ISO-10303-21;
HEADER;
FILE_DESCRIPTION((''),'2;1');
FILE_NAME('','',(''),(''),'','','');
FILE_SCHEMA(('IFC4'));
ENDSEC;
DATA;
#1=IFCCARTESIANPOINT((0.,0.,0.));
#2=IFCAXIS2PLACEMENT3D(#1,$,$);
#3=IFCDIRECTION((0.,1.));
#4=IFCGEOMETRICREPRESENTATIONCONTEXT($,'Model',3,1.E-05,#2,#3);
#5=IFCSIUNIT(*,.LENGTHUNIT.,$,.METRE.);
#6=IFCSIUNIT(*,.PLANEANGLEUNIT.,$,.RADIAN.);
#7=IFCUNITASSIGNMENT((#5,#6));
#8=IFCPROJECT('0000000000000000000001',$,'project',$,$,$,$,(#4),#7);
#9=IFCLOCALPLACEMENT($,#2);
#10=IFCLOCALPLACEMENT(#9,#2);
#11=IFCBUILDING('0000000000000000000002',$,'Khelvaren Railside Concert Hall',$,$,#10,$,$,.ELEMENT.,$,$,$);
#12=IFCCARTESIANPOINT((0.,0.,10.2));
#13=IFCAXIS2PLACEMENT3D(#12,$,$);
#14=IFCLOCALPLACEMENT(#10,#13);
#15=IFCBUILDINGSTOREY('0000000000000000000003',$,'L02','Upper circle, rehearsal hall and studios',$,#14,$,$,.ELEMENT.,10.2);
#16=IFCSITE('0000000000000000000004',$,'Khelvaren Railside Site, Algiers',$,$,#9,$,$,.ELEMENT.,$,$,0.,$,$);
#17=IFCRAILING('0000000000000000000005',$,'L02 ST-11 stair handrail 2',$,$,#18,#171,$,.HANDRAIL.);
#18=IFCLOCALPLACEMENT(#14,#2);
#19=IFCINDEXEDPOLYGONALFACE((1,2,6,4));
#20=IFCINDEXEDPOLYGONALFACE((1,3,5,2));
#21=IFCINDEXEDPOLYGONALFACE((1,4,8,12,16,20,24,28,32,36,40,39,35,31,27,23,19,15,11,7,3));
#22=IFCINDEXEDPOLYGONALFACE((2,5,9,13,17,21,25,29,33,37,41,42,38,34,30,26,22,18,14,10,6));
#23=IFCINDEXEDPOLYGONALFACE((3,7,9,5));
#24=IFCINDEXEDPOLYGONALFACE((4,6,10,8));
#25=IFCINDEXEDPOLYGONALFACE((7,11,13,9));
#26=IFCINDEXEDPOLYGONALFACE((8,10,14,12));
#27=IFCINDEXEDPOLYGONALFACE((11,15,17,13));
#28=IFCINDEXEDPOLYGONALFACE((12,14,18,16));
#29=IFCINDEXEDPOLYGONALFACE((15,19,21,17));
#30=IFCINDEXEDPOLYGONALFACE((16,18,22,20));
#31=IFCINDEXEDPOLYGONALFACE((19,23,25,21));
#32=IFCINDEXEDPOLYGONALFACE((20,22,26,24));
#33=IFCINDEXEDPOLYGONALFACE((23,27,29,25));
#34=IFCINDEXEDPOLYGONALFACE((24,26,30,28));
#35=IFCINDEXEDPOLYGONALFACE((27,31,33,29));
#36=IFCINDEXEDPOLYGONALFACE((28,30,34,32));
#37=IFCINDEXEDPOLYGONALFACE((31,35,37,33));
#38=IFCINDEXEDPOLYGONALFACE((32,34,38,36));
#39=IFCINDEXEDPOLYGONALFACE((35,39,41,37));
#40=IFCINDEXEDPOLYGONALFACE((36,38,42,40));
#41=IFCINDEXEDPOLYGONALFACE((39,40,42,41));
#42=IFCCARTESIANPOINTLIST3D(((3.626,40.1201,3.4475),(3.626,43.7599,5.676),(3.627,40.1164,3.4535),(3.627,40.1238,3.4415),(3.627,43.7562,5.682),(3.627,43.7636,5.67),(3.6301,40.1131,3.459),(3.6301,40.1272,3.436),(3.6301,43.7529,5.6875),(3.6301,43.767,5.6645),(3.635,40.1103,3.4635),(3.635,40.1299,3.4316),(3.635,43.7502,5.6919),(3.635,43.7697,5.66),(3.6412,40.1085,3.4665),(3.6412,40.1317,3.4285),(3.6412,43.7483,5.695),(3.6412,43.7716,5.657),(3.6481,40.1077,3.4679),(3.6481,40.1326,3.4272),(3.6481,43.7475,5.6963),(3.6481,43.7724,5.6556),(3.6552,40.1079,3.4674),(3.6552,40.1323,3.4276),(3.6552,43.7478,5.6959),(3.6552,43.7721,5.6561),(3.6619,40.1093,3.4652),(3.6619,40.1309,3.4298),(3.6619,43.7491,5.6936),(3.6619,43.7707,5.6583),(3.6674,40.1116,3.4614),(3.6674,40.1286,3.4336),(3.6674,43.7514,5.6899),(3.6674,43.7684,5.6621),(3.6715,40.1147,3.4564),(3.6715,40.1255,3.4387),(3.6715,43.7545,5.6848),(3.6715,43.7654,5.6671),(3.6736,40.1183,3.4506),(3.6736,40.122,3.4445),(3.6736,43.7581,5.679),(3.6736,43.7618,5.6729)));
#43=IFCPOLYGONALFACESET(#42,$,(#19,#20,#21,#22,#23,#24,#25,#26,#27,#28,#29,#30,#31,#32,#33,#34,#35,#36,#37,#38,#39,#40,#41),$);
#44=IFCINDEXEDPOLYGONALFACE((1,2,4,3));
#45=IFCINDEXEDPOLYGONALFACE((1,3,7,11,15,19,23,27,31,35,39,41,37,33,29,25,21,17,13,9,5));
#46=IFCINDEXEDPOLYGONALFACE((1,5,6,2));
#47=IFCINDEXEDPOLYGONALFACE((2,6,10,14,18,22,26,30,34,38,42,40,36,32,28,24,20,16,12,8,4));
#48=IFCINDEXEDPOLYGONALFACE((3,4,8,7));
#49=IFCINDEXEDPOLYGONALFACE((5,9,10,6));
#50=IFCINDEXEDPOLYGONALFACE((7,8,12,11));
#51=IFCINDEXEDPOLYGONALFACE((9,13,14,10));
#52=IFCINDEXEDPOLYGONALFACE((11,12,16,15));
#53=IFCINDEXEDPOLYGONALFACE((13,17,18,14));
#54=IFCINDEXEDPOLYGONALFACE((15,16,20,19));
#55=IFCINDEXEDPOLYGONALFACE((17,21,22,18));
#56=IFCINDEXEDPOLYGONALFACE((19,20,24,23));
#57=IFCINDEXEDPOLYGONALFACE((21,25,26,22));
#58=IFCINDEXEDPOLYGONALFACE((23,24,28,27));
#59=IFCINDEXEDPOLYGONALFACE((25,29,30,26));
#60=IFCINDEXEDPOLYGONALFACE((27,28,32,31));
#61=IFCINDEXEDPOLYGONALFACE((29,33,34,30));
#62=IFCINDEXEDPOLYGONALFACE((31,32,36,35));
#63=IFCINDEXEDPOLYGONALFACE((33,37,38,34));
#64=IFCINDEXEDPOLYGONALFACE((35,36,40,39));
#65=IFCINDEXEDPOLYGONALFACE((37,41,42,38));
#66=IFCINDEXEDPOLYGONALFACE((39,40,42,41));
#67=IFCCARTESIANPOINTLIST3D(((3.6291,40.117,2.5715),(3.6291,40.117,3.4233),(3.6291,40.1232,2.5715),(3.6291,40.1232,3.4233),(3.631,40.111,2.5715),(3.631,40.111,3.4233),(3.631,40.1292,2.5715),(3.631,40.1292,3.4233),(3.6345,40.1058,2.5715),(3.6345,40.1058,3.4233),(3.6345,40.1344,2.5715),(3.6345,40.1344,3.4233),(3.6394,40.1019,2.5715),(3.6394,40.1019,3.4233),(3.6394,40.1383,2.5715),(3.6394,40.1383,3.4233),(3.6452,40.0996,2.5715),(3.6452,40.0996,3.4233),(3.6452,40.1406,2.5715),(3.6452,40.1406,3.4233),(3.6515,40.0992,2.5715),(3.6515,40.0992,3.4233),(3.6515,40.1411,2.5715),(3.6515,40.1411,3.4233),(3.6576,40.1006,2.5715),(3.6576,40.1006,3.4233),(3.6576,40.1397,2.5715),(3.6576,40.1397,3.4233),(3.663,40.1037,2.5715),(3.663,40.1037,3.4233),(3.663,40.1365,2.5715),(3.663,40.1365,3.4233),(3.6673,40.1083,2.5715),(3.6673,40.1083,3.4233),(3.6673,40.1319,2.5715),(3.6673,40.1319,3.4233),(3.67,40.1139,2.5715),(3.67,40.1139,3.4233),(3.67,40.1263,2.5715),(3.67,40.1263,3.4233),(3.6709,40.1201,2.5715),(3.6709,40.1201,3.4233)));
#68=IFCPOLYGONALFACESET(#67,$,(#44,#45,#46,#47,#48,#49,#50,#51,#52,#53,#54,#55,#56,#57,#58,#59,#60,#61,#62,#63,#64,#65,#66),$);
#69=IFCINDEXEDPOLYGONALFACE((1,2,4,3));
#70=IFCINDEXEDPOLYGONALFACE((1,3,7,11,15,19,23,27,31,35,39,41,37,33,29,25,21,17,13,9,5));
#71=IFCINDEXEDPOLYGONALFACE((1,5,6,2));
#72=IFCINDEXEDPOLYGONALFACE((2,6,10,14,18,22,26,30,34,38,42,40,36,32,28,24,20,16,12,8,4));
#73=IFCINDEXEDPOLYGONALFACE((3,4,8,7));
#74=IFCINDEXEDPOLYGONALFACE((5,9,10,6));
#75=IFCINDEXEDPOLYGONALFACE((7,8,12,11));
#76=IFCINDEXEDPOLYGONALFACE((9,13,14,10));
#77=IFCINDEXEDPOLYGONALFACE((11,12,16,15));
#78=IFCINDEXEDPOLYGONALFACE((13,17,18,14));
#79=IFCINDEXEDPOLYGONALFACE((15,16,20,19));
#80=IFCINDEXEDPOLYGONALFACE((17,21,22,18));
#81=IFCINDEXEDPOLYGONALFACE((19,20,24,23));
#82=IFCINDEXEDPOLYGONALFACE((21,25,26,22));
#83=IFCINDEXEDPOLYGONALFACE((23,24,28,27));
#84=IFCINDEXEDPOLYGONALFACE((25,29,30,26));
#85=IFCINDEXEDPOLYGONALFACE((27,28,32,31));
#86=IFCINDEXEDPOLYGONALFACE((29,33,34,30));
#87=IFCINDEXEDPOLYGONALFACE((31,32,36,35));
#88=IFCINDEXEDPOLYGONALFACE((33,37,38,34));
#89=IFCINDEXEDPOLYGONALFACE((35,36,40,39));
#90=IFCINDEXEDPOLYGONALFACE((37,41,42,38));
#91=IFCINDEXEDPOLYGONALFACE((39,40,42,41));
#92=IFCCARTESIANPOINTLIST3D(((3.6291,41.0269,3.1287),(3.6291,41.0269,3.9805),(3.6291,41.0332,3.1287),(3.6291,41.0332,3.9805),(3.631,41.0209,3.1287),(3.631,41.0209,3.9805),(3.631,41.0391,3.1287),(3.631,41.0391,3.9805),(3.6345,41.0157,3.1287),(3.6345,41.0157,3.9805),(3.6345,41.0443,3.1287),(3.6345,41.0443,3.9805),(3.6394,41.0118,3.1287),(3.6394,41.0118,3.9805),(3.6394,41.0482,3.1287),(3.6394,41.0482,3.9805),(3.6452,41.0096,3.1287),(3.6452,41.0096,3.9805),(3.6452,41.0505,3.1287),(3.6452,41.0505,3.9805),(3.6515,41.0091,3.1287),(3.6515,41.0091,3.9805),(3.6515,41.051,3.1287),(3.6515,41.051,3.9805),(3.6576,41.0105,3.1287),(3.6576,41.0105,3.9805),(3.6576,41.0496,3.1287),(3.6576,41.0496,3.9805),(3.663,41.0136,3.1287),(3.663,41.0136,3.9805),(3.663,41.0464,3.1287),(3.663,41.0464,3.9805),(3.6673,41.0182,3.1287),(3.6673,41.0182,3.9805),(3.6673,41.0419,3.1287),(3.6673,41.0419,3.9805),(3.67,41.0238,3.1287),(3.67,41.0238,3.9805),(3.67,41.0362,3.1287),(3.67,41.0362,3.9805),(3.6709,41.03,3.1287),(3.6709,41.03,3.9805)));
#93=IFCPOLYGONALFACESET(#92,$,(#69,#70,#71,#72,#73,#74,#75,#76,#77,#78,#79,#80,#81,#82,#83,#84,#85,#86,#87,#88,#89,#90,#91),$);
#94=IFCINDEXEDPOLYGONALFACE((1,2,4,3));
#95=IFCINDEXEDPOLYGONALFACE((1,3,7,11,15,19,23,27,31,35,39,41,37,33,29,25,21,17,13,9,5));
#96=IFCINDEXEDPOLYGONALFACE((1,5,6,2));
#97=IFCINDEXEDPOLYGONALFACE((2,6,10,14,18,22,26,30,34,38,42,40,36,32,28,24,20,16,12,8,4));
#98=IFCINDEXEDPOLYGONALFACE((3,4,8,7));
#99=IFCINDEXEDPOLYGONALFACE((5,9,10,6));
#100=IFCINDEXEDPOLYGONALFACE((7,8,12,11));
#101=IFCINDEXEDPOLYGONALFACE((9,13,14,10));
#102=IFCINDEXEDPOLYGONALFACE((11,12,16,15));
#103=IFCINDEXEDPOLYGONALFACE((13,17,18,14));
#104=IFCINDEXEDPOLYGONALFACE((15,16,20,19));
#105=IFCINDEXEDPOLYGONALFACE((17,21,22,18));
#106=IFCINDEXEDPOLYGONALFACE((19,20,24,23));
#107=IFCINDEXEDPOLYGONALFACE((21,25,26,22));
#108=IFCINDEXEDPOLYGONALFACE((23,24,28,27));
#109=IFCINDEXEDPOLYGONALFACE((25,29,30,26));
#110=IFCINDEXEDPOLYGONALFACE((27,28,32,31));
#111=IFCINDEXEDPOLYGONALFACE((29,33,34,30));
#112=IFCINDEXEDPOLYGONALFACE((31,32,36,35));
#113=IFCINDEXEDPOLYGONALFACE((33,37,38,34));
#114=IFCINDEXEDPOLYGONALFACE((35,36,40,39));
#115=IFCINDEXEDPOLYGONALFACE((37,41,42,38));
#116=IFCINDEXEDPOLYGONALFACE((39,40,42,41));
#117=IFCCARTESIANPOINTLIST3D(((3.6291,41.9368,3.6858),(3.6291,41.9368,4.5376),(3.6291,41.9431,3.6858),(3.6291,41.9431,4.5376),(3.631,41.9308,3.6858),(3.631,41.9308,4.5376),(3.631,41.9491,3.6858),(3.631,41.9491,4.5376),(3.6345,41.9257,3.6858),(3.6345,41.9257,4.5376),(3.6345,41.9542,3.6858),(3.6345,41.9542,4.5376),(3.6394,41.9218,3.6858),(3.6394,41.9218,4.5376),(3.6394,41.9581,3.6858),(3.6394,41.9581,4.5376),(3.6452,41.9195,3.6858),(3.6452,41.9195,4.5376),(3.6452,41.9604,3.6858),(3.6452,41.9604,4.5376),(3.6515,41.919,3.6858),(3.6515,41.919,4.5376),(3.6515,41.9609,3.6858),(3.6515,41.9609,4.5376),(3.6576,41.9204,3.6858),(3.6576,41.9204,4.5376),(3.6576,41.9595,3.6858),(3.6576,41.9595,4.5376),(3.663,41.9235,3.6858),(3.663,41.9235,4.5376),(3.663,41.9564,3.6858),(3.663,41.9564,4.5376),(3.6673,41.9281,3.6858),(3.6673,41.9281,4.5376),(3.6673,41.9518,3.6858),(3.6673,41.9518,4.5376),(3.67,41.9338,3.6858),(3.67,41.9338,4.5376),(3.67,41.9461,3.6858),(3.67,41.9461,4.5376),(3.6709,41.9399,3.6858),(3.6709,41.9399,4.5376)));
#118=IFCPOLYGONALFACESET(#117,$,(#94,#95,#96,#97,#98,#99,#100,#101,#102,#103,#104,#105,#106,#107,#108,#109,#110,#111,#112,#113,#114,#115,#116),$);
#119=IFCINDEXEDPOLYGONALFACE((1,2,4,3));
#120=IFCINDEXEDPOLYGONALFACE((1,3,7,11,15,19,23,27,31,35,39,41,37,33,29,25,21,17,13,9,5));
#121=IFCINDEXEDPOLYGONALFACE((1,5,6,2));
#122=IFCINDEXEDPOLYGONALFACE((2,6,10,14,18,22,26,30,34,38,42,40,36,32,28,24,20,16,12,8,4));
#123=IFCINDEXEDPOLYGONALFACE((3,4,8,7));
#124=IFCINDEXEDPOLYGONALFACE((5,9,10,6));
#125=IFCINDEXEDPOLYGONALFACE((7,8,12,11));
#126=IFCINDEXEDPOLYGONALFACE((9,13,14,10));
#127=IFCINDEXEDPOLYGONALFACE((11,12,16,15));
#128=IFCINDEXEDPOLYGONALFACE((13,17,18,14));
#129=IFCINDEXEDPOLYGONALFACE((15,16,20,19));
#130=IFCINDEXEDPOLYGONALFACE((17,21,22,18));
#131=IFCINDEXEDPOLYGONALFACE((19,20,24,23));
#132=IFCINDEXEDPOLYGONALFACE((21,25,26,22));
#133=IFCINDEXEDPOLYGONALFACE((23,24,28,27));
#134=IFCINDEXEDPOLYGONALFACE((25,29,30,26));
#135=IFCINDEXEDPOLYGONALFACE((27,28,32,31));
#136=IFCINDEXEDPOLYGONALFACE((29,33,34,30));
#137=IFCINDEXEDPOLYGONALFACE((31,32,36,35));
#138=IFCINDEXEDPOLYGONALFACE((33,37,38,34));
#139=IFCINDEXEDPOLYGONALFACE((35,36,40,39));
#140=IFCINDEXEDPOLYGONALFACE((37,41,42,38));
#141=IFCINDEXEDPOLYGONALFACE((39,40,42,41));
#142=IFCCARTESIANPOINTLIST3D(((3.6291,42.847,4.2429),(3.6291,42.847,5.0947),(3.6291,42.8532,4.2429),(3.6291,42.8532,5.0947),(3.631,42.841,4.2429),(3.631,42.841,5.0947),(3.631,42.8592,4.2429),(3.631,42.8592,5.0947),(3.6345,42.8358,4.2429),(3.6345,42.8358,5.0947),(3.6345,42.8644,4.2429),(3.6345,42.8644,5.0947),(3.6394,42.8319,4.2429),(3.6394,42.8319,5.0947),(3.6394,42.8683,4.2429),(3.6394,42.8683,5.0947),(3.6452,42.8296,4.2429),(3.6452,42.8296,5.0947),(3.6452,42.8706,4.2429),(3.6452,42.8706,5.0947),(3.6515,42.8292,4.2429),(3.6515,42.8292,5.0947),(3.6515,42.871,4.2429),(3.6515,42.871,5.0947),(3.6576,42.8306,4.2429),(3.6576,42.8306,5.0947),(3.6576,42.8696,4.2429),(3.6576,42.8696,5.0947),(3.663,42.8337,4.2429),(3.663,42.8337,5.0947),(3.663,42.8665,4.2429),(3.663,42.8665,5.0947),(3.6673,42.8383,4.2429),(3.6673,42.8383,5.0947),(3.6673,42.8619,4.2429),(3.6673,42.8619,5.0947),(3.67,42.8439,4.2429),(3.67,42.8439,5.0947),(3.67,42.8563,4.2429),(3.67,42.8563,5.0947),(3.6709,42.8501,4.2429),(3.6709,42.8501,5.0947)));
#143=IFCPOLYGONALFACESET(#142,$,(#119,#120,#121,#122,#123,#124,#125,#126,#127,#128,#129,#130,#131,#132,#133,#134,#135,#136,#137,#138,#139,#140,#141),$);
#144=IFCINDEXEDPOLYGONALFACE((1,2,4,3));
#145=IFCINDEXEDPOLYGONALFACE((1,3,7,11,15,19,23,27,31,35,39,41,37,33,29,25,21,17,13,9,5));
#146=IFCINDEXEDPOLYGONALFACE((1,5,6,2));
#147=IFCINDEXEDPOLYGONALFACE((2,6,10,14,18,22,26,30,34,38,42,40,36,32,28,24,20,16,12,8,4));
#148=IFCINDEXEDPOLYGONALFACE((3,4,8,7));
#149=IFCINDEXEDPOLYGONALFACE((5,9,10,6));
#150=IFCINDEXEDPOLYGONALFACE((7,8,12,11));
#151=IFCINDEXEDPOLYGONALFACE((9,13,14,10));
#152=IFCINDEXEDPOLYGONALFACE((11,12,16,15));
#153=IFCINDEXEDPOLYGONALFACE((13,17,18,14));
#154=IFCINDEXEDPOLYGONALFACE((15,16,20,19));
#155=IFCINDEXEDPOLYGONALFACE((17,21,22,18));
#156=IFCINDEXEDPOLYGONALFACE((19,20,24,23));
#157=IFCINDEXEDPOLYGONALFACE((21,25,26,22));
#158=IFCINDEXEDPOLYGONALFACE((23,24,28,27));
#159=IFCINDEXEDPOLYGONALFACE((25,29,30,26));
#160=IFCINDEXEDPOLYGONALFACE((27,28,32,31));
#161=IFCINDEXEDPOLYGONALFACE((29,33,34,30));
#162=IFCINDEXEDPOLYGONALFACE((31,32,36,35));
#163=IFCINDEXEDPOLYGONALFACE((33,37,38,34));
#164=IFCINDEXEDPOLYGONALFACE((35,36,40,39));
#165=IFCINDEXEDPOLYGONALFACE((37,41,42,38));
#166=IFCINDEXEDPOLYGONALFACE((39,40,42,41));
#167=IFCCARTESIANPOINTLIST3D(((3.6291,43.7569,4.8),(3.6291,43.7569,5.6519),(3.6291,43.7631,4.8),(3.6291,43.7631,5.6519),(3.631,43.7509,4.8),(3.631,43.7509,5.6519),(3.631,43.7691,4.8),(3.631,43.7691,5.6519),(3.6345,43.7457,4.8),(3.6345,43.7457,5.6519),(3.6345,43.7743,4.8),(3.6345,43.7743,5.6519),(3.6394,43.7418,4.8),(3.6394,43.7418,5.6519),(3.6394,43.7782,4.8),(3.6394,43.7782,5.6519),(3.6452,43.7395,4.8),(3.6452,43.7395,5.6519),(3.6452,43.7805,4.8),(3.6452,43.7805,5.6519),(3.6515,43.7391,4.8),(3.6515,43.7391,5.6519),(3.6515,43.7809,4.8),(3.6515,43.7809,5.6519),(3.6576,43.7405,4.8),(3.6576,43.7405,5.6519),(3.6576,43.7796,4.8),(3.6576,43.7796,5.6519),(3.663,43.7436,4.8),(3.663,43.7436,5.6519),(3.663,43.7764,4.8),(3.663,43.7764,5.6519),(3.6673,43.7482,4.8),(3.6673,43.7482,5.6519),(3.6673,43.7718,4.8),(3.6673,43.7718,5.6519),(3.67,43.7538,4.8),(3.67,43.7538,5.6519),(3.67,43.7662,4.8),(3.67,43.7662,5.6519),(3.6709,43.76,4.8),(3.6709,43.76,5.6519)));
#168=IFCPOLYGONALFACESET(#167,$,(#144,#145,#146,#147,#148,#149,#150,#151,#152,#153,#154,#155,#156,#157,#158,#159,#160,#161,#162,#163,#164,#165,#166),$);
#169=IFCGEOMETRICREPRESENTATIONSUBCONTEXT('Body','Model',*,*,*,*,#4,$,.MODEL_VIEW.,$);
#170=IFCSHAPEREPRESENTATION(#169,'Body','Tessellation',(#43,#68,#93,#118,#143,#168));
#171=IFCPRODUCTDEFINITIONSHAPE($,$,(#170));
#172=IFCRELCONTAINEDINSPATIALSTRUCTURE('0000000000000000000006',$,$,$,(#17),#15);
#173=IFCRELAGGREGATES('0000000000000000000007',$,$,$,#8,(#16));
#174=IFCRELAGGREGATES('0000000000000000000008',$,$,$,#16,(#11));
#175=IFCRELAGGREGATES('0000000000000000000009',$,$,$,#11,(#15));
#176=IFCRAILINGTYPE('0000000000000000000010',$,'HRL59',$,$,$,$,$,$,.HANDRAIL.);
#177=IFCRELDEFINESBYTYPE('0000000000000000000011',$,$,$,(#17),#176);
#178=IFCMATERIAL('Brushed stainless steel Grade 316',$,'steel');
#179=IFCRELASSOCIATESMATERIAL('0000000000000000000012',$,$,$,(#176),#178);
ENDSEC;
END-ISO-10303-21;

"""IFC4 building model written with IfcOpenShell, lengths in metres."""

from ifc_helpers import new_model, si_unit, direction, frame, origin, origin_2d, place, context, subcontext, project, spatial, circle, extrude, material, type_object, element, save


model = new_model("IFC4")

# Units and contexts
model_context = context("Model", 3, precision=1e-05, world=origin(), true_north=direction((0.0, 1.0)))
body_context = subcontext(model_context, "Body", "Model", "MODEL_VIEW")
ifc_project = project(units=[si_unit("LENGTHUNIT", "METRE"), si_unit("PLANEANGLEUNIT", "RADIAN")], contexts=[model_context])

# Site, building, storey
site_placement = place(None, origin())
site = spatial("IfcSite", under=ifc_project, at=site_placement, Name="Khelvaren Railside Site, Algiers", CompositionType="ELEMENT", RefElevation=0.0)
building_placement = place(site_placement, origin())
building = spatial("IfcBuilding", under=site, at=building_placement, Name="Khelvaren Railside Concert Hall", CompositionType="ELEMENT")
storey_placement = place(building_placement, frame((0.0, 0.0, 10.2)))
storey = spatial("IfcBuildingStorey", under=building, at=storey_placement, Name="L02", Description="Upper circle, rehearsal hall and studios", CompositionType="ELEMENT", Elevation=10.2)

# Railing
ifc_material_1 = material(Name="Brushed stainless steel Grade 316", Category="steel")
railing_type_1 = type_object("IfcRailingType", Name="HRL59", PredefinedType="HANDRAIL", material=ifc_material_1)
railing_1_placement = place(storey_placement, frame((3.6499, 40.1201, 2.5715)))
element("IfcRailing", 1, at=railing_1_placement, inside=storey, type_object=railing_type_1, Name="L02 ST-11 stair handrail 2", PredefinedType="HANDRAIL", context=body_context, shape_type="SweptSolid", body=[
    extrude(circle(Radius=0.0239, at=origin_2d()), frame((0.0, 0.0, 0.876), z_axis=(0.0, 0.85285, 0.522156), x_axis=(-1.0, 0.0, 0.0)), (0.0, 0.0, 1.0), 4.2678),
    extrude(circle(Radius=0.021, at=origin_2d()), origin(), (0.0, 0.0, 1.0), 0.8518),
    extrude(circle(Radius=0.021, at=origin_2d()), frame((0.0, 0.9099, 0.5571)), (0.0, 0.0, 1.0), 0.8518),
    extrude(circle(Radius=0.021, at=origin_2d()), frame((0.0, 1.8198, 1.1143)), (0.0, 0.0, 1.0), 0.8518),
    extrude(circle(Radius=0.021, at=origin_2d()), frame((0.0, 2.73, 1.6714)), (0.0, 0.0, 1.0), 0.8518),
    extrude(circle(Radius=0.021, at=origin_2d()), frame((0.0, 3.6399, 2.2285)), (0.0, 0.0, 1.0), 0.8518),
])

save(model, "model.ifc")
